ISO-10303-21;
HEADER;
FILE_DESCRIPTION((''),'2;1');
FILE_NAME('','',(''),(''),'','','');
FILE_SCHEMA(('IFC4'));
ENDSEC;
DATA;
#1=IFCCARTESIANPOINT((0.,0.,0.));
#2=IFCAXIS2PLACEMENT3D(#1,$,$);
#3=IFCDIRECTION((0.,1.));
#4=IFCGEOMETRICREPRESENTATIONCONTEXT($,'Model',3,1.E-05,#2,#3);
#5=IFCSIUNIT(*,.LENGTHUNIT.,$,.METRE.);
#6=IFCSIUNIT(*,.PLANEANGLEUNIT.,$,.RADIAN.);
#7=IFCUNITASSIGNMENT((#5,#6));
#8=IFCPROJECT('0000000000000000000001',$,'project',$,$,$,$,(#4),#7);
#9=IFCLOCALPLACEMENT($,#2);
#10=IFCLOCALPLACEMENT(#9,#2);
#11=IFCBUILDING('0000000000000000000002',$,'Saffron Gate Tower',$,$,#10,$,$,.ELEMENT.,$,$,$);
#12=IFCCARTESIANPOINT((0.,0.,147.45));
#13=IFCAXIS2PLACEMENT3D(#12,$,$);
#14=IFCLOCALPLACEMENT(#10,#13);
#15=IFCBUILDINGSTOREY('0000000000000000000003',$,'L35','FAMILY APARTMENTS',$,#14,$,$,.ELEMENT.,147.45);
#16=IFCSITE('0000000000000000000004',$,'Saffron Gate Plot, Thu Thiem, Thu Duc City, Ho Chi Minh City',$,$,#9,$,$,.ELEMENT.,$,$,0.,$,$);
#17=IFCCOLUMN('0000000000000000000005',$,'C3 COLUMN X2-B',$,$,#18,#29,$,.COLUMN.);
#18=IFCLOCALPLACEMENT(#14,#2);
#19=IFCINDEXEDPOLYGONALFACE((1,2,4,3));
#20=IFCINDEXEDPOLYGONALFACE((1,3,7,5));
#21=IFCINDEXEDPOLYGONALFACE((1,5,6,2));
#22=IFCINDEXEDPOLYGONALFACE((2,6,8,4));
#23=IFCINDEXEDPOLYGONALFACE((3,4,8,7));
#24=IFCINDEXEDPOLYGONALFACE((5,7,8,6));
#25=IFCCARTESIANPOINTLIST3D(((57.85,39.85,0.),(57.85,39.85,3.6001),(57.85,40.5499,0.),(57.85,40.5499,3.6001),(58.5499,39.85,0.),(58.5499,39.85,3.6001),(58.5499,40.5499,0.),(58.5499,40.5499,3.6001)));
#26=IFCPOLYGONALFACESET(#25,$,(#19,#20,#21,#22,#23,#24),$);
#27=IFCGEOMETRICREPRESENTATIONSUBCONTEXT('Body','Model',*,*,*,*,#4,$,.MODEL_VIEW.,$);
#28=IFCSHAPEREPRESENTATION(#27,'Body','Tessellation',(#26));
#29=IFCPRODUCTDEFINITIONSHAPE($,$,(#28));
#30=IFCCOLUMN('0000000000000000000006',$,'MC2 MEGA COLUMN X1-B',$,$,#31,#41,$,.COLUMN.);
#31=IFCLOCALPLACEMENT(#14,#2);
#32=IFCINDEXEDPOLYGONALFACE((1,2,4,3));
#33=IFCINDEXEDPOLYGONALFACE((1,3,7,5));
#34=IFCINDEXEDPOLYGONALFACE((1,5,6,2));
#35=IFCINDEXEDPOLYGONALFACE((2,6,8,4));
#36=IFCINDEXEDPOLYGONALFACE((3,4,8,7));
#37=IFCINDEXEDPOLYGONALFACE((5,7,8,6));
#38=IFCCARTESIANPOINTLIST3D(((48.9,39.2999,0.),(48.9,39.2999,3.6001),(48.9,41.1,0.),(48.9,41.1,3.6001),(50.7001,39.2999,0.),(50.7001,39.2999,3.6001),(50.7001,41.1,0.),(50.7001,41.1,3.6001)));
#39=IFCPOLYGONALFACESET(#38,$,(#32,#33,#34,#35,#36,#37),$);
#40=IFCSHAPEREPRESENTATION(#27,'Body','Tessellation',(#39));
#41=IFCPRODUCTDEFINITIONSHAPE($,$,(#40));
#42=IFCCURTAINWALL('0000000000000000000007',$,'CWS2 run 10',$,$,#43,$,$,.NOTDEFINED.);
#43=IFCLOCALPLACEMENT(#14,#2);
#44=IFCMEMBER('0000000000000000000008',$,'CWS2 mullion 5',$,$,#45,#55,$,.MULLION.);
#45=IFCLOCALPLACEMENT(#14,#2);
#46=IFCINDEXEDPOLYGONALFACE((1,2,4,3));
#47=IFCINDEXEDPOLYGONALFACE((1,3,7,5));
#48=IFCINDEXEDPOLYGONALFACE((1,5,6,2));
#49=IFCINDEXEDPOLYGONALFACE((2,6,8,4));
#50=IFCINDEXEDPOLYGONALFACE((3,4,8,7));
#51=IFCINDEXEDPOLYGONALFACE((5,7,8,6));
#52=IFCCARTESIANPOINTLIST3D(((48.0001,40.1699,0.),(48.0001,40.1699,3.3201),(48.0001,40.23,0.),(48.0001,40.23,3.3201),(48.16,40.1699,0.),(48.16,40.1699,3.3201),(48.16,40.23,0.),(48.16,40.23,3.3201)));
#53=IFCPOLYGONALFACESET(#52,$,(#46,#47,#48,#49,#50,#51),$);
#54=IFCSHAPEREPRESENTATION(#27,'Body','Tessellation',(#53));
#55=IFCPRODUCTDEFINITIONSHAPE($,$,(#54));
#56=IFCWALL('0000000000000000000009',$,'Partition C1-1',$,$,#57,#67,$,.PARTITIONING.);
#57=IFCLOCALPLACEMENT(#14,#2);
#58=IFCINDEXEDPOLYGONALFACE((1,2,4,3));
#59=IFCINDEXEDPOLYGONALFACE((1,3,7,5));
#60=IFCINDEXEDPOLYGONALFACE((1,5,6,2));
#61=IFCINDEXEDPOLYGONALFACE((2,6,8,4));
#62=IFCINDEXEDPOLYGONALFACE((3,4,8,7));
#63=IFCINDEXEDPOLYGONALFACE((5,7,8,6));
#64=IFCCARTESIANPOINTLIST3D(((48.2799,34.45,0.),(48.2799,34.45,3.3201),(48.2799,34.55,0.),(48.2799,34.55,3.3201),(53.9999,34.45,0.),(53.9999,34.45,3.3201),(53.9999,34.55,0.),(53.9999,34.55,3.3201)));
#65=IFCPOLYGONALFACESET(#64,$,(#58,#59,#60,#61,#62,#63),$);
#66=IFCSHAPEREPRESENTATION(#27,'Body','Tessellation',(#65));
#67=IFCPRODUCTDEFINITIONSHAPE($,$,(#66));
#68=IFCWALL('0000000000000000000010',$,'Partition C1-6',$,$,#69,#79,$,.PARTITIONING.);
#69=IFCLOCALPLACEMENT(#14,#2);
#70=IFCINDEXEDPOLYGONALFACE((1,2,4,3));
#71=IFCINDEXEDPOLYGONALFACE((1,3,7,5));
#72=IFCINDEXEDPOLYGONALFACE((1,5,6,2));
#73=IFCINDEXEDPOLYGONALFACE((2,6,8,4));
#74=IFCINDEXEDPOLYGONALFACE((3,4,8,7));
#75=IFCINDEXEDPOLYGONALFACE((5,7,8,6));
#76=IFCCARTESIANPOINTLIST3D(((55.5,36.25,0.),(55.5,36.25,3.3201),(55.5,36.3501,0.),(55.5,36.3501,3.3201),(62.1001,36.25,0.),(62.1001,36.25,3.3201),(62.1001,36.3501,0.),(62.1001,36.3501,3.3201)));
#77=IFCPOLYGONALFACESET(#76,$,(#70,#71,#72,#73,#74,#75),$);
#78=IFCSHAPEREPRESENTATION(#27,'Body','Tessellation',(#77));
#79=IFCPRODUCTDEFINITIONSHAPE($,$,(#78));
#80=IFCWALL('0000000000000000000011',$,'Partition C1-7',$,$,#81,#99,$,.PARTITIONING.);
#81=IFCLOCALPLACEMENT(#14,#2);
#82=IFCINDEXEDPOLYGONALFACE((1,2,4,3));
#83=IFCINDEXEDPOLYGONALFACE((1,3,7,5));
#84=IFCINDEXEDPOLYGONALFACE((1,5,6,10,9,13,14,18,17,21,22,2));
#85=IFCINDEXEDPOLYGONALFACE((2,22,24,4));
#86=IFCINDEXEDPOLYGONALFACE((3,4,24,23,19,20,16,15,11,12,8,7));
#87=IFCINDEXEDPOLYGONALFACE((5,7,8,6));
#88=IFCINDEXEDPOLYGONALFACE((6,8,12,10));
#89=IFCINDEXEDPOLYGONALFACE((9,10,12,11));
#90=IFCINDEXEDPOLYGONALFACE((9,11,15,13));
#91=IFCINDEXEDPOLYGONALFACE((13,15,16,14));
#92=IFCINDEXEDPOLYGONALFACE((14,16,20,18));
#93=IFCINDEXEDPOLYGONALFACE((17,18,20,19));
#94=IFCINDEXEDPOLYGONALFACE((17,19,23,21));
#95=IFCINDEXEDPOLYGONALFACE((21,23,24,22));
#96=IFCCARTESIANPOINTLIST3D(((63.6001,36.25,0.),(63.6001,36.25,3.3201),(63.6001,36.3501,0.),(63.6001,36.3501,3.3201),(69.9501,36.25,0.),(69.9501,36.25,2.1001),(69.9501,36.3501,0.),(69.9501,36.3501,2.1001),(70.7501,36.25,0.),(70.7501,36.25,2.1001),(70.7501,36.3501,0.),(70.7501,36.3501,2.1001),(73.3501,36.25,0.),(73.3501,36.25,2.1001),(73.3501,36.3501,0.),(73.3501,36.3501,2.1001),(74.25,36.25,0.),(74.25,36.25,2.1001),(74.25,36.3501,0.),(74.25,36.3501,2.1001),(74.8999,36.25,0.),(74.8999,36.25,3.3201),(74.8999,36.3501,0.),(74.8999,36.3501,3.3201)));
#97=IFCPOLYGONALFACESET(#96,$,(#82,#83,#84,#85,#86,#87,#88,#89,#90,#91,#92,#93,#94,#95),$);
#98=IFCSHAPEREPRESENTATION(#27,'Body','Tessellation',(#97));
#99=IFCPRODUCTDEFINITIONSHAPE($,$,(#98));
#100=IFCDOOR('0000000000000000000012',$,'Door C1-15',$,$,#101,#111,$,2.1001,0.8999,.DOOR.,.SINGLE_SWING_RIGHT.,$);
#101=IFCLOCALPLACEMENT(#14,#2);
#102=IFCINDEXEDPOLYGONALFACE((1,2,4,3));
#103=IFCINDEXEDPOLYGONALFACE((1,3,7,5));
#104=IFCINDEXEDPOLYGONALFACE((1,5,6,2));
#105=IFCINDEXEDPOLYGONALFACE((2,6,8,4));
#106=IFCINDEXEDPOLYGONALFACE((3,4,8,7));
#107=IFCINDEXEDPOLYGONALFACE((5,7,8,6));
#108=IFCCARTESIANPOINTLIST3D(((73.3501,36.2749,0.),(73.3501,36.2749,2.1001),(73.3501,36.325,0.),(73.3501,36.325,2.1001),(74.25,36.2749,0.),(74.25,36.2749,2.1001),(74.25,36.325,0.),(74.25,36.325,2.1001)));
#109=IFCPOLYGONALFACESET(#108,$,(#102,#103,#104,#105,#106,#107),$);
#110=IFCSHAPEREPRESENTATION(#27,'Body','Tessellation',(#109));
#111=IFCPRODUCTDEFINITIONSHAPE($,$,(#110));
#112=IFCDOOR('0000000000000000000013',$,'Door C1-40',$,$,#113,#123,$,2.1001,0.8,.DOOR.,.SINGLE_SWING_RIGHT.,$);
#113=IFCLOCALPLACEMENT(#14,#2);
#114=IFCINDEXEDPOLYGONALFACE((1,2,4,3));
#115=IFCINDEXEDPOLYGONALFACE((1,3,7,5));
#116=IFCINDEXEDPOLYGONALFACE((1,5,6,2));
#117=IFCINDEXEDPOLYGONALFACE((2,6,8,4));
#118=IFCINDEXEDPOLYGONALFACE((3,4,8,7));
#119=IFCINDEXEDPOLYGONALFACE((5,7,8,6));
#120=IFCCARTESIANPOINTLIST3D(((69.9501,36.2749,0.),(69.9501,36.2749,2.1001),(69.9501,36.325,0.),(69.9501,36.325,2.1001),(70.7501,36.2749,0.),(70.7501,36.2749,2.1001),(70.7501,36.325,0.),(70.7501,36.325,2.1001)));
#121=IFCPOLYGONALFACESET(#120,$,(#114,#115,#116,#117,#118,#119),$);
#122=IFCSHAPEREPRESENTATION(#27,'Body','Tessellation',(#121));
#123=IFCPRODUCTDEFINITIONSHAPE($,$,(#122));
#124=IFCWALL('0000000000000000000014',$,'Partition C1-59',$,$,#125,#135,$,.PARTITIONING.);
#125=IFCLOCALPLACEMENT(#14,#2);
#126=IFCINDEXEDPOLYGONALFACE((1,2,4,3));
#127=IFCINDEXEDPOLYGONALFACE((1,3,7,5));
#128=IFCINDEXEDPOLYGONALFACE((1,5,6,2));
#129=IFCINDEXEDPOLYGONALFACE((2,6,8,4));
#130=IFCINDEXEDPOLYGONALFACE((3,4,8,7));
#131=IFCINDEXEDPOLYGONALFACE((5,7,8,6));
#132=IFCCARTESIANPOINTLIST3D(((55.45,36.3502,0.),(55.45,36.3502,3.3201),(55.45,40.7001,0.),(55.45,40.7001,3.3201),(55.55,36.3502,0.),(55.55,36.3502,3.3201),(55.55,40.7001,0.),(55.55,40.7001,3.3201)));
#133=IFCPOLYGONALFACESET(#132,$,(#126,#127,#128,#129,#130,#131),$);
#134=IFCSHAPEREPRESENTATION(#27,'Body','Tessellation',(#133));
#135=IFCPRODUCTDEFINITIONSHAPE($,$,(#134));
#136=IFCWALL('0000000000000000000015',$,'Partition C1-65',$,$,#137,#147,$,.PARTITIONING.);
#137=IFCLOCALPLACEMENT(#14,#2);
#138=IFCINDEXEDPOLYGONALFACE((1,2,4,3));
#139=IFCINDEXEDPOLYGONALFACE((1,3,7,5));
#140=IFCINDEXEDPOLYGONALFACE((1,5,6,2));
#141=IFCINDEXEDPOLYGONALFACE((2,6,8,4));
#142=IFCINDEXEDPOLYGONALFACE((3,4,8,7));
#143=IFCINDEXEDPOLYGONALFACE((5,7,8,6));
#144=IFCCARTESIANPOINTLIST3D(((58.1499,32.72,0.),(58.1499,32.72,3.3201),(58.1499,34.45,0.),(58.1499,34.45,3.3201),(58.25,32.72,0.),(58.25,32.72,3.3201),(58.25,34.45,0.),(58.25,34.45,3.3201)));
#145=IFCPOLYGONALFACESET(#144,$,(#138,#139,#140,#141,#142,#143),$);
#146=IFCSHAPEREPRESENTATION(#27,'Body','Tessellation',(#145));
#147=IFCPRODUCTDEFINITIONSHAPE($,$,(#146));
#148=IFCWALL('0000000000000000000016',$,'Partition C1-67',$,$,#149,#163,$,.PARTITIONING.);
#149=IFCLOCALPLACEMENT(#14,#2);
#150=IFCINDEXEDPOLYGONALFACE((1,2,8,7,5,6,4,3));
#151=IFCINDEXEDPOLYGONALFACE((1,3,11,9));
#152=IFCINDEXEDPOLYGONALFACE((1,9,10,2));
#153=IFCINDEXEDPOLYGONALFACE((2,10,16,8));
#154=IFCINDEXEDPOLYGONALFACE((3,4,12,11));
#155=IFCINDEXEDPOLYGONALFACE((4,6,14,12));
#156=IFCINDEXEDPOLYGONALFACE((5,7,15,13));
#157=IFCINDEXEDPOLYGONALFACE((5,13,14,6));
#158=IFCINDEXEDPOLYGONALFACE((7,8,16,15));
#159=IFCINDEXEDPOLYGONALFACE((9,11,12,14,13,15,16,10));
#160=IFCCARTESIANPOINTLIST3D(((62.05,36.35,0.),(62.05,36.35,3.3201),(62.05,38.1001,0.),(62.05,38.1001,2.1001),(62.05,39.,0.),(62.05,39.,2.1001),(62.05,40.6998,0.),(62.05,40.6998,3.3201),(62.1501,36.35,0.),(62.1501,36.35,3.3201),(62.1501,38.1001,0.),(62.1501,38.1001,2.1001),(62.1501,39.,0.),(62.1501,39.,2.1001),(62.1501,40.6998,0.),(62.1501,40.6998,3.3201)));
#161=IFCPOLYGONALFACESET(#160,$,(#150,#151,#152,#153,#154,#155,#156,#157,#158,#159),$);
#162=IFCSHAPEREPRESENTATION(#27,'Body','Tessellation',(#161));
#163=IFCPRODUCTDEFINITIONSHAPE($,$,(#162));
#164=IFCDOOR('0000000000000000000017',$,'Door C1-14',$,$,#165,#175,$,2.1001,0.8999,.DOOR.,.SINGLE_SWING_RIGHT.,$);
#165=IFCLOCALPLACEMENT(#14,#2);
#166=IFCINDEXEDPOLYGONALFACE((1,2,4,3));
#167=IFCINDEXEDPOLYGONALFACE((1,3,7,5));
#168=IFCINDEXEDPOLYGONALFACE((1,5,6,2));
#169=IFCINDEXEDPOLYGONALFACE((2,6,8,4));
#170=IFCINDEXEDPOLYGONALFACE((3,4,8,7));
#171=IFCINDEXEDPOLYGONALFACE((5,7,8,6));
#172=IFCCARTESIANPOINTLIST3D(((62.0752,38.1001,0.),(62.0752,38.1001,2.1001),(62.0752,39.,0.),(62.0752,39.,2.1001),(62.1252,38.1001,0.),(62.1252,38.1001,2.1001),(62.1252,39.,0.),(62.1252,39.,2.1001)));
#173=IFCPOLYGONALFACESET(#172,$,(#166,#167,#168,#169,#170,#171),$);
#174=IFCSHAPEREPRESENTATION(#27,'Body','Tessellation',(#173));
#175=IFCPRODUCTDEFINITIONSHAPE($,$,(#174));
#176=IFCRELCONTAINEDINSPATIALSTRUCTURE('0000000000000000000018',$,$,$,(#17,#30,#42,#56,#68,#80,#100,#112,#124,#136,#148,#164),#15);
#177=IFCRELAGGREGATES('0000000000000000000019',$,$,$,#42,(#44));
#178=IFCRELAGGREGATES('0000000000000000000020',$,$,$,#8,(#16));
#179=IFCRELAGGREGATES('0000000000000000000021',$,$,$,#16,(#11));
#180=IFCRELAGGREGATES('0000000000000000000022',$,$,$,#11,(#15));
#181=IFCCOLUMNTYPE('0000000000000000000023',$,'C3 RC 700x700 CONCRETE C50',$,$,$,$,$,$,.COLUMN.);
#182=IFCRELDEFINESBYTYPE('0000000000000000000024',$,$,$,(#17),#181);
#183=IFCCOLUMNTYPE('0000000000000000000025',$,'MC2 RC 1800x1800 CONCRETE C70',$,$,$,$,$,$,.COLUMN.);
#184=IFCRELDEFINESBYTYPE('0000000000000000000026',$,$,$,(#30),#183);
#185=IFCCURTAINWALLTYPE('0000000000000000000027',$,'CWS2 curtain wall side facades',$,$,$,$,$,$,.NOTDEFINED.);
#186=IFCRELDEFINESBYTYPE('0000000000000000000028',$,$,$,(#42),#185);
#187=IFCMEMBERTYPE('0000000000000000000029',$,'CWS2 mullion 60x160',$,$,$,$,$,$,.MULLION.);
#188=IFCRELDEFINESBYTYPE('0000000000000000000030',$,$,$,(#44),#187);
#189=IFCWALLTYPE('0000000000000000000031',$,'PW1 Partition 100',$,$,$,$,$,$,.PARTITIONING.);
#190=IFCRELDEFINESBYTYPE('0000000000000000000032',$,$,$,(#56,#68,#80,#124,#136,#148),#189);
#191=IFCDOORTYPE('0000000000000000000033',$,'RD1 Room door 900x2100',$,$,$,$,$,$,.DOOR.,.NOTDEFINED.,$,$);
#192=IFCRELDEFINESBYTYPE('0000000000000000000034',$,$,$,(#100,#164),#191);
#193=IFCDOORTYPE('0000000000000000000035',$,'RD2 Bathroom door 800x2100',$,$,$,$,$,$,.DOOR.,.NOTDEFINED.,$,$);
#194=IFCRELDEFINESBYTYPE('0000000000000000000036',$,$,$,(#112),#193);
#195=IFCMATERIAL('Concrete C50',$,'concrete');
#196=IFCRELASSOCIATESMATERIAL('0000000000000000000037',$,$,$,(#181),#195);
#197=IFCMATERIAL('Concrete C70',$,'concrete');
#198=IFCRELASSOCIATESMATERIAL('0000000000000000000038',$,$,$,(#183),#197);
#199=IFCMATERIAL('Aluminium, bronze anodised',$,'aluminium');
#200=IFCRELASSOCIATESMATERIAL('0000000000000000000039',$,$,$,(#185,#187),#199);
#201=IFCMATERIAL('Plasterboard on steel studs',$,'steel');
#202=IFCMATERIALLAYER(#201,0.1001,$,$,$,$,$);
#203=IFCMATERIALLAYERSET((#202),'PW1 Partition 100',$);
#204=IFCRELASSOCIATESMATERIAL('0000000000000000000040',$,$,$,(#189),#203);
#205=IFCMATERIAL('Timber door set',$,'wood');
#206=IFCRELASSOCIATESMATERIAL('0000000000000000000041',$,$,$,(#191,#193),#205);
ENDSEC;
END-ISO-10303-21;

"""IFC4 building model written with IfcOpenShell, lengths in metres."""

from ifc_helpers import new_model, si_unit, direction, frame, frame_2d, origin, origin_2d, place, context, subcontext, project, spatial, rectangle, extrude, material, layer, layer_set, material_profile, profile_set, type_object, element, fill, aggregate, save


model = new_model("IFC4")

# Units and contexts
model_context = context("Model", 3, precision=1e-05, world=origin(), true_north=direction((0.0, 1.0)))
body_context = subcontext(model_context, "Body", "Model", "MODEL_VIEW")
ifc_project = project(units=[si_unit("LENGTHUNIT", "METRE"), si_unit("PLANEANGLEUNIT", "RADIAN")], contexts=[model_context])

# Site, building, storey
site_placement = place(None, origin())
site = spatial("IfcSite", under=ifc_project, at=site_placement, Name="Saffron Gate Plot, Thu Thiem, Thu Duc City, Ho Chi Minh City", CompositionType="ELEMENT", RefElevation=0.0)
building_placement = place(site_placement, origin())
building = spatial("IfcBuilding", under=site, at=building_placement, Name="Saffron Gate Tower", CompositionType="ELEMENT")
storey_placement = place(building_placement, frame((0.0, 0.0, 147.45)))
storey = spatial("IfcBuildingStorey", under=building, at=storey_placement, Name="L35", Description="FAMILY APARTMENTS", CompositionType="ELEMENT", Elevation=147.45)

# Columns
ifc_material_1 = material(Name="Concrete C50", Category="concrete")
ifc_material_profile_1 = material_profile(ifc_material_1, rectangle(XDim=0.7, YDim=0.7, at=origin_2d()))
ifc_profile_set_1 = profile_set([ifc_material_profile_1], Name="Concrete C50")
column_type_1 = type_object("IfcColumnType", Name="C3 RC 700x700 CONCRETE C50", PredefinedType="COLUMN", material=ifc_profile_set_1)
column_1_placement = place(storey_placement, frame((58.2, 40.2, 0.0), z_axis=(0.0, 0.0, 1.0), x_axis=(1.0, 0.0, 0.0)))
element("IfcColumn", 1, at=column_1_placement, inside=storey, type_object=column_type_1, Name="C3 COLUMN X2-B", PredefinedType="COLUMN", context=body_context, shape_type="SweptSolid", body=[
    extrude(rectangle(XDim=0.7, YDim=0.7, at=origin_2d()), origin(), (0.0, 0.0, 1.0), 3.6001),
])
ifc_material_2 = material(Name="Concrete C70", Category="concrete")
ifc_material_profile_2 = material_profile(ifc_material_2, rectangle(XDim=1.8, YDim=1.8, at=origin_2d()))
ifc_profile_set_2 = profile_set([ifc_material_profile_2], Name="Concrete C70")
column_type_2 = type_object("IfcColumnType", Name="MC2 RC 1800x1800 CONCRETE C70", PredefinedType="COLUMN", material=ifc_profile_set_2)
column_2_placement = place(storey_placement, frame((49.8, 40.2, 0.0), z_axis=(0.0, 0.0, 1.0), x_axis=(1.0, 0.0, 0.0)))
element("IfcColumn", 2, at=column_2_placement, inside=storey, type_object=column_type_2, Name="MC2 MEGA COLUMN X1-B", PredefinedType="COLUMN", context=body_context, shape_type="SweptSolid", body=[
    extrude(rectangle(XDim=1.8, YDim=1.8, at=origin_2d()), origin(), (0.0, 0.0, 1.0), 3.6001),
])

# Curtain wall, member
ifc_material_3 = material(Name="Aluminium, bronze anodised", Category="aluminium")
curtain_wall_type = type_object("IfcCurtainWallType", Name="CWS2 curtain wall side facades", PredefinedType="NOTDEFINED", material=ifc_material_3)
curtain_wall_placement = place(storey_placement, origin())
curtain_wall = element("IfcCurtainWall", 3, at=curtain_wall_placement, inside=storey, type_object=curtain_wall_type, Name="CWS2 run 10", PredefinedType="NOTDEFINED")
ifc_material_profile_3 = material_profile(ifc_material_3, rectangle(XDim=0.1599, YDim=0.0601, at=origin_2d()))
ifc_profile_set_3 = profile_set([ifc_material_profile_3], Name="Aluminium, bronze anodised")
member_type = type_object("IfcMemberType", Name="CWS2 mullion 60x160", PredefinedType="MULLION", material=ifc_profile_set_3)
member_placement = place(storey_placement, frame((48.0801, 40.2, 0.0), z_axis=(0.0, 0.0, 1.0), x_axis=(1.0, 0.0, 0.0)))
member = element("IfcMember", 4, at=member_placement, type_object=member_type, Name="CWS2 mullion 5", PredefinedType="MULLION", context=body_context, shape_type="SweptSolid", body=[
    extrude(rectangle(XDim=0.1599, YDim=0.0601, at=origin_2d()), origin(), (0.0, 0.0, 1.0), 3.3201),
])
aggregate(curtain_wall, [member])

# Walls
ifc_material_4 = material(Name="Plasterboard on steel studs", Category="steel")
ifc_layer_1 = layer(ifc_material_4, 0.1001)
ifc_layer_set_1 = layer_set([ifc_layer_1], Name="PW1 Partition 100")
wall_type_1 = type_object("IfcWallType", Name="PW1 Partition 100", PredefinedType="PARTITIONING", material=ifc_layer_set_1)
wall_1_placement = place(storey_placement, frame((48.28, 34.5, 0.0), z_axis=(0.0, 0.0, 1.0), x_axis=(1.0, 0.0, 0.0)))
element("IfcWall", 5, at=wall_1_placement, inside=storey, type_object=wall_type_1, Name="Partition C1-1", PredefinedType="PARTITIONING", context=body_context, shape_type="SweptSolid", body=[
    extrude(rectangle(XDim=5.72, YDim=0.1001, at=frame_2d((2.8599, 0.0))), origin(), (0.0, 0.0, 1.0), 3.3201),
])
wall_2_placement = place(storey_placement, frame((55.5, 36.3, 0.0), z_axis=(0.0, 0.0, 1.0), x_axis=(1.0, 0.0, 0.0)))
element("IfcWall", 6, at=wall_2_placement, inside=storey, type_object=wall_type_1, Name="Partition C1-6", PredefinedType="PARTITIONING", context=body_context, shape_type="SweptSolid", body=[
    extrude(rectangle(XDim=6.6001, YDim=0.1001, at=frame_2d((3.3, 0.0))), origin(), (0.0, 0.0, 1.0), 3.3201),
])

# Wall, openings, doors
wall_3_placement = place(storey_placement, frame((63.6001, 36.3, 0.0), z_axis=(0.0, 0.0, 1.0), x_axis=(1.0, 0.0, 0.0)))
wall_3 = element("IfcWall", 7, at=wall_3_placement, inside=storey, type_object=wall_type_1, Name="Partition C1-7", PredefinedType="PARTITIONING", context=body_context, shape_type="SweptSolid", body=[
    extrude(rectangle(XDim=11.2998, YDim=0.1001, at=frame_2d((5.6499, 0.0))), origin(), (0.0, 0.0, 1.0), 3.3201),
])
opening_1_placement = place(wall_3_placement, frame((6.3501, 0.0, 0.0)))
opening_1 = element("IfcOpeningElement", 8, at=opening_1_placement, cuts=wall_3, PredefinedType="OPENING", context=body_context, shape_type="SweptSolid", body=[
    extrude(rectangle(XDim=0.8, YDim=2.1001, at=frame_2d((0.3999, 1.05))), frame((0.0, 0.0601, 0.0), z_axis=(0.0, -1.0, 0.0), x_axis=(1.0, 0.0, 0.0)), (0.0, 0.0, 1.0), 0.1201),
])
opening_2_placement = place(wall_3_placement, frame((9.75, 0.0, 0.0)))
opening_2 = element("IfcOpeningElement", 9, at=opening_2_placement, cuts=wall_3, PredefinedType="OPENING", context=body_context, shape_type="SweptSolid", body=[
    extrude(rectangle(XDim=0.8999, YDim=2.1001, at=frame_2d((0.45, 1.05))), frame((0.0, 0.0601, 0.0), z_axis=(0.0, -1.0, 0.0), x_axis=(1.0, 0.0, 0.0)), (0.0, 0.0, 1.0), 0.1201),
])
ifc_material_5 = material(Name="Timber door set", Category="wood")
door_type_1 = type_object("IfcDoorType", Name="RD1 Room door 900x2100", OperationType="NOTDEFINED", PredefinedType="DOOR", material=ifc_material_5)
door_1_placement = place(opening_2_placement, origin())
door_1 = element("IfcDoor", 10, at=door_1_placement, inside=storey, type_object=door_type_1, Name="Door C1-15", OperationType="SINGLE_SWING_RIGHT", OverallHeight=2.1001, OverallWidth=0.8999, PredefinedType="DOOR", context=body_context, shape_type="SweptSolid", body=[
    extrude(rectangle(XDim=0.8999, YDim=2.1001, at=frame_2d((0.45, 1.05))), frame((0.0, 0.0249, 0.0), z_axis=(0.0, -1.0, 0.0), x_axis=(1.0, 0.0, 0.0)), (0.0, 0.0, 1.0), 0.05),
])
fill(opening_2, door_1)
door_type_2 = type_object("IfcDoorType", Name="RD2 Bathroom door 800x2100", OperationType="NOTDEFINED", PredefinedType="DOOR", material=ifc_material_5)
door_2_placement = place(opening_1_placement, origin())
door_2 = element("IfcDoor", 11, at=door_2_placement, inside=storey, type_object=door_type_2, Name="Door C1-40", OperationType="SINGLE_SWING_RIGHT", OverallHeight=2.1001, OverallWidth=0.8, PredefinedType="DOOR", context=body_context, shape_type="SweptSolid", body=[
    extrude(rectangle(XDim=0.8, YDim=2.1001, at=frame_2d((0.3999, 1.05))), frame((0.0, 0.0249, 0.0), z_axis=(0.0, -1.0, 0.0), x_axis=(1.0, 0.0, 0.0)), (0.0, 0.0, 1.0), 0.05),
])
fill(opening_1, door_2)

# Walls
wall_4_placement = place(storey_placement, frame((55.5, 40.7, 0.0), z_axis=(0.0, 0.0, 1.0), x_axis=(0.0, -1.0, 0.0)))
element("IfcWall", 12, at=wall_4_placement, inside=storey, type_object=wall_type_1, Name="Partition C1-59", PredefinedType="PARTITIONING", context=body_context, shape_type="SweptSolid", body=[
    extrude(rectangle(XDim=4.3499, YDim=0.1001, at=frame_2d((2.1748, 0.0))), origin(), (0.0, 0.0, 1.0), 3.3201),
])
wall_5_placement = place(storey_placement, frame((58.2, 34.45, 0.0), z_axis=(0.0, 0.0, 1.0), x_axis=(0.0, -1.0, 0.0)))
element("IfcWall", 13, at=wall_5_placement, inside=storey, type_object=wall_type_1, Name="Partition C1-65", PredefinedType="PARTITIONING", context=body_context, shape_type="SweptSolid", body=[
    extrude(rectangle(XDim=1.73, YDim=0.1001, at=frame_2d((0.865, 0.0))), origin(), (0.0, 0.0, 1.0), 3.3201),
])

# Wall, opening, door
wall_6_placement = place(storey_placement, frame((62.1001, 36.3501, 0.0), z_axis=(0.0, 0.0, 1.0), x_axis=(0.0, 1.0, 0.0)))
wall_6 = element("IfcWall", 14, at=wall_6_placement, inside=storey, type_object=wall_type_1, Name="Partition C1-67", PredefinedType="PARTITIONING", context=body_context, shape_type="SweptSolid", body=[
    extrude(rectangle(XDim=4.3499, YDim=0.1001, at=frame_2d((2.1748, 0.0))), origin(), (0.0, 0.0, 1.0), 3.3201),
])
opening_3_placement = place(wall_6_placement, frame((1.75, 0.0, 0.0)))
opening_3 = element("IfcOpeningElement", 15, at=opening_3_placement, cuts=wall_6, PredefinedType="OPENING", context=body_context, shape_type="SweptSolid", body=[
    extrude(rectangle(XDim=0.8999, YDim=2.1001, at=frame_2d((0.45, 1.05))), frame((0.0, 0.0601, 0.0), z_axis=(0.0, -1.0, 0.0), x_axis=(1.0, 0.0, 0.0)), (0.0, 0.0, 1.0), 0.1201),
])
door_3_placement = place(opening_3_placement, origin())
door_3 = element("IfcDoor", 16, at=door_3_placement, inside=storey, type_object=door_type_1, Name="Door C1-14", OperationType="SINGLE_SWING_RIGHT", OverallHeight=2.1001, OverallWidth=0.8999, PredefinedType="DOOR", context=body_context, shape_type="SweptSolid", body=[
    extrude(rectangle(XDim=0.8999, YDim=2.1001, at=frame_2d((0.45, 1.05))), frame((0.0, 0.0249, 0.0), z_axis=(0.0, -1.0, 0.0), x_axis=(1.0, 0.0, 0.0)), (0.0, 0.0, 1.0), 0.05),
])
fill(opening_3, door_3)

save(model, "model.ifc")
